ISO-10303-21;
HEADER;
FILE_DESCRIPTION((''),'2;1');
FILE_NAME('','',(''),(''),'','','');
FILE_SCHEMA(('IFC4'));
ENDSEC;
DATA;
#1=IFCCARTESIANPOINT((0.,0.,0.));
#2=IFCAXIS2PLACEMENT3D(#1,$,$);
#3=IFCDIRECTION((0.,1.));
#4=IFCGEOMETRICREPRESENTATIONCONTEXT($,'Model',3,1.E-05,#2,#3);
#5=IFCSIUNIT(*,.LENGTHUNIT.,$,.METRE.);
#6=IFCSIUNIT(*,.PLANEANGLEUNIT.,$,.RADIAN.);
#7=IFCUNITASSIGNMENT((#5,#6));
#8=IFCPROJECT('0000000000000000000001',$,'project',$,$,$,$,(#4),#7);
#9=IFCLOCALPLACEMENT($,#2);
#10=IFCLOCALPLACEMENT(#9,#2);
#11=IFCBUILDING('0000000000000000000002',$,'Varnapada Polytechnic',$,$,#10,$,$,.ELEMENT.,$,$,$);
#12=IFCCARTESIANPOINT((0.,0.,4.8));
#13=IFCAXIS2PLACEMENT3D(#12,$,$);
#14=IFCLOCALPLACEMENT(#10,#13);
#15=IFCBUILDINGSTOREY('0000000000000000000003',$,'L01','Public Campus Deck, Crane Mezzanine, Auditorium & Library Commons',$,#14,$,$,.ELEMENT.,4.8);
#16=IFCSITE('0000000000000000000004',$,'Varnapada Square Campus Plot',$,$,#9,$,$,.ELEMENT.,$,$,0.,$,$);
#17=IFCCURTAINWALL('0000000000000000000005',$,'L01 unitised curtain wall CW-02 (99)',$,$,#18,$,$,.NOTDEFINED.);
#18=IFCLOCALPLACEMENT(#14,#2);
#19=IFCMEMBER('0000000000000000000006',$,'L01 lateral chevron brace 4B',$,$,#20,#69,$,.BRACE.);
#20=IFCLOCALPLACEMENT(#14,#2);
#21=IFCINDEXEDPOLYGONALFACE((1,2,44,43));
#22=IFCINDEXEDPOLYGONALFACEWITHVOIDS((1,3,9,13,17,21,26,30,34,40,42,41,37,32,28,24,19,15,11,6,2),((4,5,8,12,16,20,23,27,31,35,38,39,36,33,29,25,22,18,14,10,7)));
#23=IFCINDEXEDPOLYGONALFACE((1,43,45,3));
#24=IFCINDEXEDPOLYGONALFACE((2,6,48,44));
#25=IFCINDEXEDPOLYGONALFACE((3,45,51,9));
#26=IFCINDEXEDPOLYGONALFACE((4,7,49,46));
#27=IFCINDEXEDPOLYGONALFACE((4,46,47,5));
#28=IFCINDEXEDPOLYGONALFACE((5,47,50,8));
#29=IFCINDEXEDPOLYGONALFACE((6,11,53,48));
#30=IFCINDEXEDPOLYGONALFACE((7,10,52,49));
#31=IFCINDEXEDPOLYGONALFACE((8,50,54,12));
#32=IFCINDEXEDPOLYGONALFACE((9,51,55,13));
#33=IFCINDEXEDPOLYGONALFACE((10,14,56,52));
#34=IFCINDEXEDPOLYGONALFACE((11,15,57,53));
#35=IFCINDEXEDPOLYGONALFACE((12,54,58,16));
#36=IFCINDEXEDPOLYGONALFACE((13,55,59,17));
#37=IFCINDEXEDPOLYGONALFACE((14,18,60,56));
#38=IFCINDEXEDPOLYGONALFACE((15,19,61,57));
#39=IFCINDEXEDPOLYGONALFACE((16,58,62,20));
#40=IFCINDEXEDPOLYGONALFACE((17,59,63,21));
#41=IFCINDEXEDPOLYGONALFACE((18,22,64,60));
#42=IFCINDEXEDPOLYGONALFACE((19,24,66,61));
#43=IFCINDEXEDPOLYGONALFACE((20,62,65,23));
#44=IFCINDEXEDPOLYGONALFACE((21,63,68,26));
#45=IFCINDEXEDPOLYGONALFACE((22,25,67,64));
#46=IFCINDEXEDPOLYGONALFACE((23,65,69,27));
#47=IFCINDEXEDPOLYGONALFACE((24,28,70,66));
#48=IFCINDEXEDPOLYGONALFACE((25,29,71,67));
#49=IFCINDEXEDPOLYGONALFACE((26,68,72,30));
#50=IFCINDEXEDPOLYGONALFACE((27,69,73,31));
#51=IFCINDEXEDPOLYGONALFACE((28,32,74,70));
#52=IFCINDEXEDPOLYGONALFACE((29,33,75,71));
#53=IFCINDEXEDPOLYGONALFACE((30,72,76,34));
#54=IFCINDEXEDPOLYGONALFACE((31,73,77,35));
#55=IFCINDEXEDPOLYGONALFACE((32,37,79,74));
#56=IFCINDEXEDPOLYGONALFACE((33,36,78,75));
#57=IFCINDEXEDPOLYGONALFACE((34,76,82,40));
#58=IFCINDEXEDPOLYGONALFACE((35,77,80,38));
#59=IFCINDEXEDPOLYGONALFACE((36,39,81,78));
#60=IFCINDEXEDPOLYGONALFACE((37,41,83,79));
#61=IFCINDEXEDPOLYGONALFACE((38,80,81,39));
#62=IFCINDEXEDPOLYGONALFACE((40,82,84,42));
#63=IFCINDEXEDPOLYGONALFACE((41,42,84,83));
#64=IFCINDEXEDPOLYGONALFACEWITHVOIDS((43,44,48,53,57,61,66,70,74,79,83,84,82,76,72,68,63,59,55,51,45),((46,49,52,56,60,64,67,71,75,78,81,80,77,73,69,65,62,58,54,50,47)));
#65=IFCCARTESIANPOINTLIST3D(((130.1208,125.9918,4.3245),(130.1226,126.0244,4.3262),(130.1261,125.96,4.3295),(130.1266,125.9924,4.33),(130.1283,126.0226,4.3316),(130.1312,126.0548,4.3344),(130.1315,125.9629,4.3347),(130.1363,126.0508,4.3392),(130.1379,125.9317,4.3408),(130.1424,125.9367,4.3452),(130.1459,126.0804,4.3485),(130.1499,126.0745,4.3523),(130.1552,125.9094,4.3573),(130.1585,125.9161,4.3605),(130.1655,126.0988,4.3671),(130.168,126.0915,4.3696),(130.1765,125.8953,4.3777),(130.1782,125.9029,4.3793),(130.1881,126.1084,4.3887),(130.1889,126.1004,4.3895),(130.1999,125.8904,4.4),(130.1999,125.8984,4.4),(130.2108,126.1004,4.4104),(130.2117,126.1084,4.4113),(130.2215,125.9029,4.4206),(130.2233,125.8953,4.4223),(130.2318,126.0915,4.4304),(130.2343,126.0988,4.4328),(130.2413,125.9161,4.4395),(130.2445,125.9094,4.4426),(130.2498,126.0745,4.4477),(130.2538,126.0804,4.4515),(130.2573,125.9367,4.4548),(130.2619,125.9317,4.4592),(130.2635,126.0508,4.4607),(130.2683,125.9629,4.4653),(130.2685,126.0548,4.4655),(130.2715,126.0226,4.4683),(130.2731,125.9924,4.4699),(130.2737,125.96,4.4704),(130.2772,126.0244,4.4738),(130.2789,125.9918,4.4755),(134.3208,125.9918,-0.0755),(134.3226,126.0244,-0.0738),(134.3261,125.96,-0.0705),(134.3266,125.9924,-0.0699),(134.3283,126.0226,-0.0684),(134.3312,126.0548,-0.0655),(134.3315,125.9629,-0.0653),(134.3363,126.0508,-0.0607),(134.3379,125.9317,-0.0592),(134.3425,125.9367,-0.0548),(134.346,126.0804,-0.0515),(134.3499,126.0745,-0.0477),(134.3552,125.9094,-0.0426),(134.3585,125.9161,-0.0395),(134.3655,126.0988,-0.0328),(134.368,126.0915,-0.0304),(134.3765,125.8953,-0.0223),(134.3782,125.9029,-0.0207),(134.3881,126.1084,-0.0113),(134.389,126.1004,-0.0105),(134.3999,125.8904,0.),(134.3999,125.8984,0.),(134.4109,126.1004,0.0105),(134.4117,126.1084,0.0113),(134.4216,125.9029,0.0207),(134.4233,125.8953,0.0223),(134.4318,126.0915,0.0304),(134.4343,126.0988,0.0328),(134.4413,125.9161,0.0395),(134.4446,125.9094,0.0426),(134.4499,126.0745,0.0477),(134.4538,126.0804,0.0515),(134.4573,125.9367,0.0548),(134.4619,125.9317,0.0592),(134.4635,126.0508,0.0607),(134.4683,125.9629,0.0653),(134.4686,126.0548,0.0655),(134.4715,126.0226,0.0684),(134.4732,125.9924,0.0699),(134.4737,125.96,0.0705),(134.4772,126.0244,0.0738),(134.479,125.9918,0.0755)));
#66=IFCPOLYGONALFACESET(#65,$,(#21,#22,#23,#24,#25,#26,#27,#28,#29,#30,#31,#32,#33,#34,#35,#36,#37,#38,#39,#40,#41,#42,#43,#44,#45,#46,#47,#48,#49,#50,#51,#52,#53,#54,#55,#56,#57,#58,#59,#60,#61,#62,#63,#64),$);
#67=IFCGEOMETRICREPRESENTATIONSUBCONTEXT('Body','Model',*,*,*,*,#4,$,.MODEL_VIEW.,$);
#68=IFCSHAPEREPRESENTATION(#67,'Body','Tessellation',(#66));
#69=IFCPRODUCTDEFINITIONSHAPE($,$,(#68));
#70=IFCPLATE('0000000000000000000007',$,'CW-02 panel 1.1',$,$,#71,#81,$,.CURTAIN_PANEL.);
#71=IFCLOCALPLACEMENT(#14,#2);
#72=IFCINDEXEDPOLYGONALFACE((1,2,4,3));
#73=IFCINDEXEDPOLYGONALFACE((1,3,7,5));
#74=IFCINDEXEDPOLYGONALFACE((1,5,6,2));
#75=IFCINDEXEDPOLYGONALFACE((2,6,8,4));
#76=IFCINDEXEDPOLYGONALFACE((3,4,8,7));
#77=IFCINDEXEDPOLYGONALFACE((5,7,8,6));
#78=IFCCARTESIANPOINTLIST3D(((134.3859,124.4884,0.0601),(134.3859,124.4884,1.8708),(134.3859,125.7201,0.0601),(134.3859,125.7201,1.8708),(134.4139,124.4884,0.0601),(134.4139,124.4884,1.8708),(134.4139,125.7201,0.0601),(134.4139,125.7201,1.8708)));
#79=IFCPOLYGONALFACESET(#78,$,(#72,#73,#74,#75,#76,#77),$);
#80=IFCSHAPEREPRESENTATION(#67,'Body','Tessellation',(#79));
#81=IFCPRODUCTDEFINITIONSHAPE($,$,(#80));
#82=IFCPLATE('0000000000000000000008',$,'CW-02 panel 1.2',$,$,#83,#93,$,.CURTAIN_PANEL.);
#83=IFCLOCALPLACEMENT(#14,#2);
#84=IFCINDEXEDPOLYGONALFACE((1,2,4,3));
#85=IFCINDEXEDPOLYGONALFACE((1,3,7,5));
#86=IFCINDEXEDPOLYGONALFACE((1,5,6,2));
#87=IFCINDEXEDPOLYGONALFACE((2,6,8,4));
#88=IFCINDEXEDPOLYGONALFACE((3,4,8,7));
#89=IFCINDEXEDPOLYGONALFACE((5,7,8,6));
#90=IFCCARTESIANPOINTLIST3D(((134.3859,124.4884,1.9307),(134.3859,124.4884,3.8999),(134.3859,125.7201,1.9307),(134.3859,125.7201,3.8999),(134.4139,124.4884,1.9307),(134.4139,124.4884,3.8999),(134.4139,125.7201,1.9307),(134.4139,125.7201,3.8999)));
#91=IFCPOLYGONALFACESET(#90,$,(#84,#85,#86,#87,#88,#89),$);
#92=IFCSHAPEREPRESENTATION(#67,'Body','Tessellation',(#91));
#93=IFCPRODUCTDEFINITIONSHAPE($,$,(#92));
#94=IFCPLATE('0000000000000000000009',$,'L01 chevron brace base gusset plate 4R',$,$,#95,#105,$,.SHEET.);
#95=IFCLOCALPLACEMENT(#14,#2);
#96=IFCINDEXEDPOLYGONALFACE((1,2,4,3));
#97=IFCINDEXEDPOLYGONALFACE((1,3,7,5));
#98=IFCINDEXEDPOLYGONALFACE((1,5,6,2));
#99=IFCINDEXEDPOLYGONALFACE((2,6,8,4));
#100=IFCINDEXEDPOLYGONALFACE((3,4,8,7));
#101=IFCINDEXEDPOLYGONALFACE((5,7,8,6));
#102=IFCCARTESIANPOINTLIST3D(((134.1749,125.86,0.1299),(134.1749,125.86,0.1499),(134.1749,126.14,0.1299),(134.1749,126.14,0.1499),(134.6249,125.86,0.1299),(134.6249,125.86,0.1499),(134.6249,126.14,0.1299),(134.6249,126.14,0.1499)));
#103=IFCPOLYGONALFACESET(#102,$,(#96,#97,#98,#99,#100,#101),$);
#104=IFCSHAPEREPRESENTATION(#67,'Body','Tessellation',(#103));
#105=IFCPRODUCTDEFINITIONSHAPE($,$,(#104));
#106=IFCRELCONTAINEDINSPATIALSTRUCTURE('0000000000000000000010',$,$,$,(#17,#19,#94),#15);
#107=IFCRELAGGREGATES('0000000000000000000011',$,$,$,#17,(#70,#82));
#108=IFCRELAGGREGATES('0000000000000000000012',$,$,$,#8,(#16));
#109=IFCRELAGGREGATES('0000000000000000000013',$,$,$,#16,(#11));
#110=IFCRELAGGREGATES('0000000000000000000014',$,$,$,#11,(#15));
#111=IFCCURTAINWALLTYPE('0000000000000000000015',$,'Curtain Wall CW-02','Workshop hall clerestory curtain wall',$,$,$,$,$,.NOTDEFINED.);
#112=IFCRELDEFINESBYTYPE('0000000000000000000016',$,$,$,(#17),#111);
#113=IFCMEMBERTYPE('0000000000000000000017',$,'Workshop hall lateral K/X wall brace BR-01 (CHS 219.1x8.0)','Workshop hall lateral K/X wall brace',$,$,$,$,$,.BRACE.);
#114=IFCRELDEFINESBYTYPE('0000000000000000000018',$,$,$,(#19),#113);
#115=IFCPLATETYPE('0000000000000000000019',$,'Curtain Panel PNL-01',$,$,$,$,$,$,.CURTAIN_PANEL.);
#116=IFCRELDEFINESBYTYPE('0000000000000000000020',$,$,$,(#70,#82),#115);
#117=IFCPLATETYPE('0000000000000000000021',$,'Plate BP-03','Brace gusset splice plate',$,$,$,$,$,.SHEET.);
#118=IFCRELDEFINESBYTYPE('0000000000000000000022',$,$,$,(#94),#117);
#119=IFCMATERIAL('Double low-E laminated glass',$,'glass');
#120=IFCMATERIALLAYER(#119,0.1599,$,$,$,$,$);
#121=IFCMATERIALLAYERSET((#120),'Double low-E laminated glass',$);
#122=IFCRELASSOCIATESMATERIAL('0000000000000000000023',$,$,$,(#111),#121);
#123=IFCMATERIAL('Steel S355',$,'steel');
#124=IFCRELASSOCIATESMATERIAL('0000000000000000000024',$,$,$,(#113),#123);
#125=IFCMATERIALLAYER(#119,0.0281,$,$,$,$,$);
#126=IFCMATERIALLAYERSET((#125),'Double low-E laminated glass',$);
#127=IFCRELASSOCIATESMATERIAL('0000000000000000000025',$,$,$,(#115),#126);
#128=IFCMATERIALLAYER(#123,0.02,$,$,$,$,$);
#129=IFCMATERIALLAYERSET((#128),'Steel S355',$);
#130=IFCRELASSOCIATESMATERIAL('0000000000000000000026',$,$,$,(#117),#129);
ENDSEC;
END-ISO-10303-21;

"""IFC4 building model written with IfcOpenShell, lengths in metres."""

from ifc_helpers import new_model, si_unit, direction, frame, origin, origin_2d, place, context, subcontext, project, spatial, rectangle, hollow_circle, extrude, material, layer, layer_set, material_profile, profile_set, type_object, element, aggregate, save


model = new_model("IFC4")

# Units and contexts
model_context = context("Model", 3, precision=1e-05, world=origin(), true_north=direction((0.0, 1.0)))
body_context = subcontext(model_context, "Body", "Model", "MODEL_VIEW")
ifc_project = project(units=[si_unit("LENGTHUNIT", "METRE"), si_unit("PLANEANGLEUNIT", "RADIAN")], contexts=[model_context])

# Site, building, storey
site_placement = place(None, origin())
site = spatial("IfcSite", under=ifc_project, at=site_placement, Name="Varnapada Square Campus Plot", CompositionType="ELEMENT", RefElevation=0.0)
building_placement = place(site_placement, origin())
building = spatial("IfcBuilding", under=site, at=building_placement, Name="Varnapada Polytechnic", CompositionType="ELEMENT")
storey_placement = place(building_placement, frame((0.0, 0.0, 4.8)))
storey = spatial("IfcBuildingStorey", under=building, at=storey_placement, Name="L01", Description="Public Campus Deck, Crane Mezzanine, Auditorium & Library Commons", CompositionType="ELEMENT", Elevation=4.8)

# Shared definitions
ifc_material_1 = material(Name="Steel S355", Category="steel")

# Curtain wall
ifc_material_2 = material(Name="Double low-E laminated glass", Category="glass")
ifc_layer_1 = layer(ifc_material_2, 0.1599)
ifc_layer_set_1 = layer_set([ifc_layer_1], Name="Double low-E laminated glass")
curtain_wall_type = type_object("IfcCurtainWallType", Name="Curtain Wall CW-02", Description="Workshop hall clerestory curtain wall", PredefinedType="NOTDEFINED", material=ifc_layer_set_1)
curtain_wall_placement = place(storey_placement, origin())
curtain_wall = element("IfcCurtainWall", 1, at=curtain_wall_placement, inside=storey, type_object=curtain_wall_type, Name="L01 unitised curtain wall CW-02 (99)", PredefinedType="NOTDEFINED")

# Member
ifc_material_profile_1 = material_profile(ifc_material_1, hollow_circle(Radius=0.1096, WallThickness=0.0081, at=origin_2d()), Name="CHS 219.1x8.0")
ifc_profile_set_1 = profile_set([ifc_material_profile_1], Name="Steel S355")
member_type_1 = type_object("IfcMemberType", Name="Workshop hall lateral K/X wall brace BR-01 (CHS 219.1x8.0)", Description="Workshop hall lateral K/X wall brace", PredefinedType="BRACE", material=ifc_profile_set_1)
member_1_placement = place(storey_placement, frame((134.3999, 126.0, 0.0), z_axis=(-0.69048, 0.0, 0.723352), x_axis=(0.0, -1.0, 0.0)))
element("IfcMember", 2, at=member_1_placement, inside=storey, type_object=member_type_1, Name="L01 lateral chevron brace 4B", PredefinedType="BRACE", context=body_context, shape_type="SweptSolid", body=[
    extrude(hollow_circle(Radius=0.1096, WallThickness=0.0081, at=origin_2d()), origin(), (0.0, 0.0, 1.0), 6.0828),
])

# Plates
ifc_layer_2 = layer(ifc_material_2, 0.0281)
ifc_layer_set_2 = layer_set([ifc_layer_2], Name="Double low-E laminated glass")
plate_type_1 = type_object("IfcPlateType", Name="Curtain Panel PNL-01", PredefinedType="CURTAIN_PANEL", material=ifc_layer_set_2)
plate_1_placement = place(storey_placement, frame((134.3999, 125.1042, 0.0601), z_axis=(0.0, 0.0, 1.0), x_axis=(0.0, -1.0, 0.0)))
plate_1 = element("IfcPlate", 3, at=plate_1_placement, type_object=plate_type_1, Name="CW-02 panel 1.1", PredefinedType="CURTAIN_PANEL", context=body_context, shape_type="SweptSolid", body=[
    extrude(rectangle(XDim=1.2317, YDim=0.0281, at=origin_2d()), origin(), (0.0, 0.0, 1.0), 1.8108),
])
plate_2_placement = place(storey_placement, frame((134.3999, 125.1042, 1.9307), z_axis=(0.0, 0.0, 1.0), x_axis=(0.0, -1.0, 0.0)))
plate_2 = element("IfcPlate", 4, at=plate_2_placement, type_object=plate_type_1, Name="CW-02 panel 1.2", PredefinedType="CURTAIN_PANEL", context=body_context, shape_type="SweptSolid", body=[
    extrude(rectangle(XDim=1.2317, YDim=0.0281, at=origin_2d()), origin(), (0.0, 0.0, 1.0), 1.9692),
])
aggregate(curtain_wall, [plate_1, plate_2])
ifc_layer_3 = layer(ifc_material_1, 0.02)
ifc_layer_set_3 = layer_set([ifc_layer_3], Name="Steel S355")
plate_type_2 = type_object("IfcPlateType", Name="Plate BP-03", Description="Brace gusset splice plate", PredefinedType="SHEET", material=ifc_layer_set_3)
plate_3_placement = place(storey_placement, frame((134.3999, 126.0, 0.1299), z_axis=(0.0, 0.0, 1.0), x_axis=(1.0, 0.0, 0.0)))
element("IfcPlate", 5, at=plate_3_placement, inside=storey, type_object=plate_type_2, Name="L01 chevron brace base gusset plate 4R", PredefinedType="SHEET", context=body_context, shape_type="SweptSolid", body=[
    extrude(rectangle(XDim=0.45, YDim=0.28, at=origin_2d()), origin(), (0.0, 0.0, 1.0), 0.02),
])

save(model, "model.ifc")
